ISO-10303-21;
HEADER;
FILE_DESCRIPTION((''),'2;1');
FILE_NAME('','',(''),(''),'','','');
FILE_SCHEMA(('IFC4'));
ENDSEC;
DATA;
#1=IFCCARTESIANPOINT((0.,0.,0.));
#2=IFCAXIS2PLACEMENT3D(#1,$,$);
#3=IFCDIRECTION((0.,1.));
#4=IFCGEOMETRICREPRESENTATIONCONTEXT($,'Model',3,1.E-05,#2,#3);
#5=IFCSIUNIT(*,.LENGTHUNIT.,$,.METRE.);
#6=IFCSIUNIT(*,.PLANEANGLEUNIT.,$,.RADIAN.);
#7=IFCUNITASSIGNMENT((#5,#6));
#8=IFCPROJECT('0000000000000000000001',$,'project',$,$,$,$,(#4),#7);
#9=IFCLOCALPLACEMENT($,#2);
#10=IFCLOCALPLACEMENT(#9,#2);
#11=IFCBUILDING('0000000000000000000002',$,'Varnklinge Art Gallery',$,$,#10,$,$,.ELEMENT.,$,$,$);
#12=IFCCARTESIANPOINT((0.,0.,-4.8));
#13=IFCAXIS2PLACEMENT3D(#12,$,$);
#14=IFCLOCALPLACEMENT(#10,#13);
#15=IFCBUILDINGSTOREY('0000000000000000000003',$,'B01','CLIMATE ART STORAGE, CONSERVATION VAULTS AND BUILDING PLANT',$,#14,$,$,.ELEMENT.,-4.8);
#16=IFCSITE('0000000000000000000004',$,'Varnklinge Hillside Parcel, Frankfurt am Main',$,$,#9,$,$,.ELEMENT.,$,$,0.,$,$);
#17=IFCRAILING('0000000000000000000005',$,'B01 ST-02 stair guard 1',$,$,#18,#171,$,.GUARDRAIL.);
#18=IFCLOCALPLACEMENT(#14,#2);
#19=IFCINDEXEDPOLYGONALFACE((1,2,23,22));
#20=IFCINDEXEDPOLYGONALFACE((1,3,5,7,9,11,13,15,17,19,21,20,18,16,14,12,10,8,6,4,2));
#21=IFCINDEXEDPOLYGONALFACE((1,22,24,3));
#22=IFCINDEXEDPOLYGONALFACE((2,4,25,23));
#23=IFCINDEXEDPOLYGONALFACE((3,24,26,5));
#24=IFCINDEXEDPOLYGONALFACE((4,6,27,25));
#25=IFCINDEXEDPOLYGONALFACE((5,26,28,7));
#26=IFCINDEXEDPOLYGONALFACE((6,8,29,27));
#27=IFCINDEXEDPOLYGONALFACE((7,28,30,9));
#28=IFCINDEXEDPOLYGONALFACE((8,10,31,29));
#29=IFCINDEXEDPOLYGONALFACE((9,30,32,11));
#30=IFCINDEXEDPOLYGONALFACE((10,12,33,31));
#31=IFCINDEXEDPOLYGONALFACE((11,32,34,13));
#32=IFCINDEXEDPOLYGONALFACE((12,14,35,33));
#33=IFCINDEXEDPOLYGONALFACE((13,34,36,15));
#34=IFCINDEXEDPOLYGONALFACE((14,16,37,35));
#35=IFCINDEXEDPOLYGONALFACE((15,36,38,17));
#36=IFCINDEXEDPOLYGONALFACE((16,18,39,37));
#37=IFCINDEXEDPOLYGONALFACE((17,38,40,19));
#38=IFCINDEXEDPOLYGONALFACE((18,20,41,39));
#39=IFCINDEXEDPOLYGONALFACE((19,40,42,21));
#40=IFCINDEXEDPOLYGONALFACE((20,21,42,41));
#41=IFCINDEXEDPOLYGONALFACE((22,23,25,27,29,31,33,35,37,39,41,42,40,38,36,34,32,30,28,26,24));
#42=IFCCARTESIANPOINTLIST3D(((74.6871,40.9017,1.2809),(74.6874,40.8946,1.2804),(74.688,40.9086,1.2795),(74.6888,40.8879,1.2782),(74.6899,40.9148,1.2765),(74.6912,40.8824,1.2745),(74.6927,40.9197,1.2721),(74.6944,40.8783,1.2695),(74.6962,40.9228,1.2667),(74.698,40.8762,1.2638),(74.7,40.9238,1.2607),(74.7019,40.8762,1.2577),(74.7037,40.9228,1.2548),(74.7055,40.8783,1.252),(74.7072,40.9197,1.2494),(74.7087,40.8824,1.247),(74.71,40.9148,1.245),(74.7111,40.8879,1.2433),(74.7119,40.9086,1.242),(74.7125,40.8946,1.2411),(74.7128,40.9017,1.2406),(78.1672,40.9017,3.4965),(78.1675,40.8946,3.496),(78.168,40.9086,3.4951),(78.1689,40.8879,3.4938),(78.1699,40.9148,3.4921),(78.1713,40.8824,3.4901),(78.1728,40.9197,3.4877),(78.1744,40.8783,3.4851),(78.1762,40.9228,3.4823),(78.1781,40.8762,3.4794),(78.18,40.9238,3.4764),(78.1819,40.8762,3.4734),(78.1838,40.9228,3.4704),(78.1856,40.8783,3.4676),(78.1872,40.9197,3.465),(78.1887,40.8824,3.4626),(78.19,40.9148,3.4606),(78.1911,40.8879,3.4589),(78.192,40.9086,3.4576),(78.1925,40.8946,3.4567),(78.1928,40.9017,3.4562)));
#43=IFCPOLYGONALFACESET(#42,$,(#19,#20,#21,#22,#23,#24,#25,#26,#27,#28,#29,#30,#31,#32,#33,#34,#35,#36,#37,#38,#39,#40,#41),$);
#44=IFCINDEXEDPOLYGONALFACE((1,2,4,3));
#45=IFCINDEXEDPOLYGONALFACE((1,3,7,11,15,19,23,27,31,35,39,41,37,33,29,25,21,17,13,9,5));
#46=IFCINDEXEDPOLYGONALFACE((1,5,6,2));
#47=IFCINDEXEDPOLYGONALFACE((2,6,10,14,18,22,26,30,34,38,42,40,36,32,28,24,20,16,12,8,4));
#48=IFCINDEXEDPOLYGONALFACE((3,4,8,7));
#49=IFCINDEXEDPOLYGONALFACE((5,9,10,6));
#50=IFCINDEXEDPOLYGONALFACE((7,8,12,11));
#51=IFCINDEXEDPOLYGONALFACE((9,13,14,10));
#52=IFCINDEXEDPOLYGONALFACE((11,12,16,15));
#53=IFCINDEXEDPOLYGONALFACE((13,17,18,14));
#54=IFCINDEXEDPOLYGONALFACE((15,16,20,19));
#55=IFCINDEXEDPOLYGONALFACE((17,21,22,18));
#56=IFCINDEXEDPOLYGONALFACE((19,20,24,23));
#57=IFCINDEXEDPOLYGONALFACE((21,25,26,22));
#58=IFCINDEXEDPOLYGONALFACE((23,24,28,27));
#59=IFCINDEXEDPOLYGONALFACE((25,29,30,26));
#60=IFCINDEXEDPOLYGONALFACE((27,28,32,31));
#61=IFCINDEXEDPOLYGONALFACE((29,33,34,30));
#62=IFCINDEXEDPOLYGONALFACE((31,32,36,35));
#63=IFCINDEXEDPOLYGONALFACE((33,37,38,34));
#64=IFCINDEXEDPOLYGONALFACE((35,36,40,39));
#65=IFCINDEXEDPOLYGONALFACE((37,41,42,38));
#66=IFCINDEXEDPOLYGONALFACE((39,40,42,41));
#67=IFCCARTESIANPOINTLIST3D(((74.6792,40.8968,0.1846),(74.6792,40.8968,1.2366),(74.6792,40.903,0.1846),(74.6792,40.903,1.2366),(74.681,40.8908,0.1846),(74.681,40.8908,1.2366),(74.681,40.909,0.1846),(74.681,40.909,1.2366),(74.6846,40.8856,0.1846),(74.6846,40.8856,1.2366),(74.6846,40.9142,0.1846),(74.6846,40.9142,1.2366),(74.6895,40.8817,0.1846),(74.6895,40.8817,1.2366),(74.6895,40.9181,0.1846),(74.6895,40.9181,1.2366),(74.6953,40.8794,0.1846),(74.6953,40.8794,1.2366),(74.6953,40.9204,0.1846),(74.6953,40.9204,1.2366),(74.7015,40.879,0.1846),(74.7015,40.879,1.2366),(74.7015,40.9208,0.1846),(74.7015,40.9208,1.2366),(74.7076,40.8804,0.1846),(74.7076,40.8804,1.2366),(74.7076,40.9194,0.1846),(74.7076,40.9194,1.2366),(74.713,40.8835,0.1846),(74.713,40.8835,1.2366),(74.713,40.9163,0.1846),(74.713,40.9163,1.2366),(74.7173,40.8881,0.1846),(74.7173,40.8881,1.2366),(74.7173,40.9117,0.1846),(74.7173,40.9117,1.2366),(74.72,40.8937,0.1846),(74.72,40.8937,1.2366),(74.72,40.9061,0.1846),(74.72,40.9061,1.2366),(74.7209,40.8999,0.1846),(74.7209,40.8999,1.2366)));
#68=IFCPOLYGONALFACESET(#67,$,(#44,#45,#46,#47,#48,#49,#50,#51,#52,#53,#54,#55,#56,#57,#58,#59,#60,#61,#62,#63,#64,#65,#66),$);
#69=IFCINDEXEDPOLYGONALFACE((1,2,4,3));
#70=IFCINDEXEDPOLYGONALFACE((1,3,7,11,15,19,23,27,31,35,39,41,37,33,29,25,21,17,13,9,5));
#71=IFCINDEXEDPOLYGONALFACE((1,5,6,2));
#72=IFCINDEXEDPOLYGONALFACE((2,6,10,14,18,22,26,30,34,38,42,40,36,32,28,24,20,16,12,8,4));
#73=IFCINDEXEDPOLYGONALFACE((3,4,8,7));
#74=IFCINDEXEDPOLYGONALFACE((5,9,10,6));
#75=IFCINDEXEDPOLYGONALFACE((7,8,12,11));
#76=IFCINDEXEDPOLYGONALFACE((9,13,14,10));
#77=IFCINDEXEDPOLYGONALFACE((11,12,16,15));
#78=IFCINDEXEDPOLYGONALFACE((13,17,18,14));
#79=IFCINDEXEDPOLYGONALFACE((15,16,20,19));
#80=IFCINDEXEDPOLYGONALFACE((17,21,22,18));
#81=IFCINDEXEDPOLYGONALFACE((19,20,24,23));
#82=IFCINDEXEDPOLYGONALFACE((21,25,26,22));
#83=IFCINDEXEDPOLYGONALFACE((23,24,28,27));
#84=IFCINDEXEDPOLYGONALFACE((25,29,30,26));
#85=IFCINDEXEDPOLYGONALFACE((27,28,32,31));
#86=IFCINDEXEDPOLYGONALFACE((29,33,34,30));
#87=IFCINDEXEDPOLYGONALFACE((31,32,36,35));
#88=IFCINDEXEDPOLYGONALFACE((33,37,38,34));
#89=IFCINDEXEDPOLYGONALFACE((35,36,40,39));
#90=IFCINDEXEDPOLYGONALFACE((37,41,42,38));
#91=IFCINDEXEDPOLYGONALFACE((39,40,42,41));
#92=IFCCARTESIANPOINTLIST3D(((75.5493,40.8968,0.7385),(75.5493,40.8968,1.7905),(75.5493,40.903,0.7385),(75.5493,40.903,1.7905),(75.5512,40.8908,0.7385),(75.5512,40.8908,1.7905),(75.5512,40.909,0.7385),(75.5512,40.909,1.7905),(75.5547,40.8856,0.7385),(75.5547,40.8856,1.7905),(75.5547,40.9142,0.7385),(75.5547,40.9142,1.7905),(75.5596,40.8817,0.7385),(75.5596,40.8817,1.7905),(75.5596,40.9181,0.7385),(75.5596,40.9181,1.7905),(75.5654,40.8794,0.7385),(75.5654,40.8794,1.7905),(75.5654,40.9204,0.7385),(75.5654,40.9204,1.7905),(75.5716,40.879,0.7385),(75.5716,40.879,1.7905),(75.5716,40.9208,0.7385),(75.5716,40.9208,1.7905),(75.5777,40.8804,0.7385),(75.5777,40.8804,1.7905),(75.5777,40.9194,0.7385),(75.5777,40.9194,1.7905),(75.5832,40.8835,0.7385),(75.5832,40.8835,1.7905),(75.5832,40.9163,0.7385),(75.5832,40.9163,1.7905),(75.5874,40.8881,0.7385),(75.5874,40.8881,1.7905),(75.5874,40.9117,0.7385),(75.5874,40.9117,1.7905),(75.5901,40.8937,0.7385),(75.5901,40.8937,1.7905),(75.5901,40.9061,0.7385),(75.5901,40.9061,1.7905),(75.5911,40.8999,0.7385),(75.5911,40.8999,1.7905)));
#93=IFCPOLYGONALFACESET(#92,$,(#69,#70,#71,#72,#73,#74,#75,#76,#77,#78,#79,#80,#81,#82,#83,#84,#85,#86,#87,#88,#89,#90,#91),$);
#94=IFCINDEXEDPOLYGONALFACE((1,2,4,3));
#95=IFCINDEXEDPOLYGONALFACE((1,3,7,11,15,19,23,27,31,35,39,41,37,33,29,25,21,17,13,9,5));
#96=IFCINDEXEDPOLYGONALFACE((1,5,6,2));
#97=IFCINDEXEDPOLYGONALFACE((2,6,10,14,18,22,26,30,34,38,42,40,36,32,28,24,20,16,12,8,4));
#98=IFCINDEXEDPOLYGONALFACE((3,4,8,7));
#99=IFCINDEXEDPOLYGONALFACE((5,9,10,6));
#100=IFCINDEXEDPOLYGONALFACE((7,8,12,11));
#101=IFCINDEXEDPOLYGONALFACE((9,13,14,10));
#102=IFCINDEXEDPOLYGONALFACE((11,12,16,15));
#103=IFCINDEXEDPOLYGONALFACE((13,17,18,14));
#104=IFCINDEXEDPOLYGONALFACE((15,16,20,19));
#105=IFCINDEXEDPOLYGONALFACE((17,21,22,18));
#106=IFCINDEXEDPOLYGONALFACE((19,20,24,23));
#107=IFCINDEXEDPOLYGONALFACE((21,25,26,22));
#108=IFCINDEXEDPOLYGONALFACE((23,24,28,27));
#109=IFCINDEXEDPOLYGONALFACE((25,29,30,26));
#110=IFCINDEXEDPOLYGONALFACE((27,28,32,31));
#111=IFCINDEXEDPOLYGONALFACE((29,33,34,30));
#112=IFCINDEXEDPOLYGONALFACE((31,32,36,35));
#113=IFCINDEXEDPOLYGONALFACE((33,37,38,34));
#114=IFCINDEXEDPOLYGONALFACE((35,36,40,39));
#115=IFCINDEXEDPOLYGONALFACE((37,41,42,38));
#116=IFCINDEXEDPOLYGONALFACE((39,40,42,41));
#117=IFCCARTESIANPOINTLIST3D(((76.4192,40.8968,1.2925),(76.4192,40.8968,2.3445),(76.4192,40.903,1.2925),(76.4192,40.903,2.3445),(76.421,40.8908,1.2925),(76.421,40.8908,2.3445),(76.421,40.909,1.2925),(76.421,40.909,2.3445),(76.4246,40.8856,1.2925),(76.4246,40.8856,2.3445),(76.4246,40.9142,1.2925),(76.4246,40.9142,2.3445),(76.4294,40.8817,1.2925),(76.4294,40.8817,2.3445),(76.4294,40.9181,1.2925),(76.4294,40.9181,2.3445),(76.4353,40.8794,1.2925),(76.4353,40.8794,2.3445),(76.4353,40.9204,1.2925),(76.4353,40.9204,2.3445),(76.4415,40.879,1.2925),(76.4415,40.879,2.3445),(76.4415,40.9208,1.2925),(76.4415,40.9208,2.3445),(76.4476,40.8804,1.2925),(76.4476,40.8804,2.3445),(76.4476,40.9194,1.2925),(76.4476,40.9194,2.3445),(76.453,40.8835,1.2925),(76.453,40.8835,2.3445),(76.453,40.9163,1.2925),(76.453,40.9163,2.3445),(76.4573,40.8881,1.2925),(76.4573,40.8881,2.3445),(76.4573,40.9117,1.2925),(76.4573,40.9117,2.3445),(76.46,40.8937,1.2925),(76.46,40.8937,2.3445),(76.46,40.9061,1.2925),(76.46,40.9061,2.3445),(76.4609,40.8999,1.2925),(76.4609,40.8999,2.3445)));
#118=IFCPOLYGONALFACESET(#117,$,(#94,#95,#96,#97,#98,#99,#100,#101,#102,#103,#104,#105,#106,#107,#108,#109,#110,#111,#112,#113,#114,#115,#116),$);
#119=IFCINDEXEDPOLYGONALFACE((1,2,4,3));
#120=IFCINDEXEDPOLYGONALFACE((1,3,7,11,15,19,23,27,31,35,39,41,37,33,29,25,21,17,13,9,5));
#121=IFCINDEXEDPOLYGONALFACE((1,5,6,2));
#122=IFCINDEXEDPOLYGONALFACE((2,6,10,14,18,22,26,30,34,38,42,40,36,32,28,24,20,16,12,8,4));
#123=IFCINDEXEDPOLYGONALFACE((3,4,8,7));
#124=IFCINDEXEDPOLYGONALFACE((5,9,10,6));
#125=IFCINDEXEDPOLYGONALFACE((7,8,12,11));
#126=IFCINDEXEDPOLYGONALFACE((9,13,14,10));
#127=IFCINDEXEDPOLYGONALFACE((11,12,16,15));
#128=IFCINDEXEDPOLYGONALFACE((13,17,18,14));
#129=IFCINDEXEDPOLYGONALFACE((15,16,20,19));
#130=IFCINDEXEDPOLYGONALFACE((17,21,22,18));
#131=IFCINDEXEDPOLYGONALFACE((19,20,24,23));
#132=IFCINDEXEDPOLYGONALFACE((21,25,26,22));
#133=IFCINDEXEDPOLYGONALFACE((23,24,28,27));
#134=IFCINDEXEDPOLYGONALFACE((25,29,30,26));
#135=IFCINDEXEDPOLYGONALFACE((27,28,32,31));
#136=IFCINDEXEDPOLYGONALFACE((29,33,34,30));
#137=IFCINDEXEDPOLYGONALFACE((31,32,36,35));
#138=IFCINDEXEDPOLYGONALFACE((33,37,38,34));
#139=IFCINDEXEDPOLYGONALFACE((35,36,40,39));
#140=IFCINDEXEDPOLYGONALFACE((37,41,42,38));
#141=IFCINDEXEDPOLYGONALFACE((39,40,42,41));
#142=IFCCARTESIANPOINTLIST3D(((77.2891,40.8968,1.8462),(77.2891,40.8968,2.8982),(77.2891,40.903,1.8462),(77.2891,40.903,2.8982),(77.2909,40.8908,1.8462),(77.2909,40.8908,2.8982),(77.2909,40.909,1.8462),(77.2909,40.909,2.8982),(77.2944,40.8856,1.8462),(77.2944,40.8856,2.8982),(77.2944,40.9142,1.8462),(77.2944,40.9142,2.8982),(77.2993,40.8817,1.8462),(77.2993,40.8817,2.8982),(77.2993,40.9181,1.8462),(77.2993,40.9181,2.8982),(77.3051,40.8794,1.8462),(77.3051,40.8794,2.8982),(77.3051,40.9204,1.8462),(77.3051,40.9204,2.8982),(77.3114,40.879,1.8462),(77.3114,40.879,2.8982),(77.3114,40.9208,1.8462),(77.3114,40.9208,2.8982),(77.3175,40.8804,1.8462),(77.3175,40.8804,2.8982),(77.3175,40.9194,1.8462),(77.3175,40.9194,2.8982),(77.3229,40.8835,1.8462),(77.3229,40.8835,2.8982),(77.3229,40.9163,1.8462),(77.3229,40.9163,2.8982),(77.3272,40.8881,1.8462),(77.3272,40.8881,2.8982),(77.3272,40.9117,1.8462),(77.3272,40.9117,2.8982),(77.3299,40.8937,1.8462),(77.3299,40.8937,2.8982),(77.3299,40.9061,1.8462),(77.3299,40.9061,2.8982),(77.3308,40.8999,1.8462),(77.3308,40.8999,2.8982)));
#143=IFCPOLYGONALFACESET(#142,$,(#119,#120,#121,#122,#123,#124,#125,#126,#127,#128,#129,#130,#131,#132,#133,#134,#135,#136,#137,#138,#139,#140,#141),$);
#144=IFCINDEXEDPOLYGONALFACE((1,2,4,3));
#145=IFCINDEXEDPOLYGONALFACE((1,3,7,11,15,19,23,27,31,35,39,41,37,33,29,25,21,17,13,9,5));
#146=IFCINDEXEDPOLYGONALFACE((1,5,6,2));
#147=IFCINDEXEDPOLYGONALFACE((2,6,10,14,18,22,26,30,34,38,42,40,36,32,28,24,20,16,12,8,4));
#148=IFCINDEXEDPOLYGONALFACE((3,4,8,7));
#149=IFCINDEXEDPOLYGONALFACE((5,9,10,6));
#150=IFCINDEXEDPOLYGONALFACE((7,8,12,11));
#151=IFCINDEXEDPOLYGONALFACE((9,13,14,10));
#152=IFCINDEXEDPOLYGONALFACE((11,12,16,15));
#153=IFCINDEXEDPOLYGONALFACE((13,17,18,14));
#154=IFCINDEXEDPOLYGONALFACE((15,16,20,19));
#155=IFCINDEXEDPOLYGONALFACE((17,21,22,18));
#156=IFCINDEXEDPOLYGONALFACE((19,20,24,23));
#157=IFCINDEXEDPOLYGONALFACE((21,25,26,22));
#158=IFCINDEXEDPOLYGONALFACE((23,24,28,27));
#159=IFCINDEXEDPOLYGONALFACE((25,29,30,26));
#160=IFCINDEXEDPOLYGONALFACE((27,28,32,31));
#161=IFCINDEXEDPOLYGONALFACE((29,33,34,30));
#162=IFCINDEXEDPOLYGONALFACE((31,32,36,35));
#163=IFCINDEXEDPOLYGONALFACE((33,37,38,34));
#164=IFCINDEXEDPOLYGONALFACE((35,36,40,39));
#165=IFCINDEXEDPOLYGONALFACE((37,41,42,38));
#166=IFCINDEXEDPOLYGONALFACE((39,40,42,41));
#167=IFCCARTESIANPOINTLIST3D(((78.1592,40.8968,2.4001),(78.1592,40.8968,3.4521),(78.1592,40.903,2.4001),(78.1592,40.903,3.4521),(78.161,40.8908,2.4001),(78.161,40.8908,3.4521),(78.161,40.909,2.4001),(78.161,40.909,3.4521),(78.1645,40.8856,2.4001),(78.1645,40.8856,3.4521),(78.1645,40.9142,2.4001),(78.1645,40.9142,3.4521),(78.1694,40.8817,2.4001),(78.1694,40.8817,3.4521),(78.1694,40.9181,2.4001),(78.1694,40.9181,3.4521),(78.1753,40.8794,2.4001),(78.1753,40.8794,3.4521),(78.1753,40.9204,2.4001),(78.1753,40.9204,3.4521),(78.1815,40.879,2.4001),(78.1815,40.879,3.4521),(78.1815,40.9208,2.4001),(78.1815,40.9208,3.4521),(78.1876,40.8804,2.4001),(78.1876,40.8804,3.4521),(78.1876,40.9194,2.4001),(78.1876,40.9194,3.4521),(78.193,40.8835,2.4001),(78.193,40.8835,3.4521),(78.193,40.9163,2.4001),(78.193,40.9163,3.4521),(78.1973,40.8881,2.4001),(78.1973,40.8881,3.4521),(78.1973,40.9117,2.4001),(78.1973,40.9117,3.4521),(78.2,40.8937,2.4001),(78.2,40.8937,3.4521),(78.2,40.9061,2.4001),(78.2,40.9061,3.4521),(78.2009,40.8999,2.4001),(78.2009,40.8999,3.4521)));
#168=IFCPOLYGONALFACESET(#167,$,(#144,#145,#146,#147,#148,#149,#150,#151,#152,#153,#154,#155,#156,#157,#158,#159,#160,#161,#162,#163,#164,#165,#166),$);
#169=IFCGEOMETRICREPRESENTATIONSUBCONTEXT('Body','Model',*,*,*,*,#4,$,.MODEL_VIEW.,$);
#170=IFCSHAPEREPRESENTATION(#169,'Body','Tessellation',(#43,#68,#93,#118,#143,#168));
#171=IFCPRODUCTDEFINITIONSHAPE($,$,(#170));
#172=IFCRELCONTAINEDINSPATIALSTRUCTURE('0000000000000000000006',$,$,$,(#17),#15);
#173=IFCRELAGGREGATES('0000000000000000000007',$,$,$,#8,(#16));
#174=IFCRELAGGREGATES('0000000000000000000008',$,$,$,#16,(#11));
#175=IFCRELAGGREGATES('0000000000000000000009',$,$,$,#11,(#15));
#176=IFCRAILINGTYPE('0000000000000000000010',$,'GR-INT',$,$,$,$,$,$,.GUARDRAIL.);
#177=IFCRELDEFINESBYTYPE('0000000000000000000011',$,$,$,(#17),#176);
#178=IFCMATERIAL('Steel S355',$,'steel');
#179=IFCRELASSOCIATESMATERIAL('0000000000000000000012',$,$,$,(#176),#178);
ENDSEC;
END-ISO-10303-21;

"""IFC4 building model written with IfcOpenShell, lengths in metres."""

from ifc_helpers import new_model, si_unit, direction, frame, origin, origin_2d, place, context, subcontext, project, spatial, circle, extrude, material, type_object, element, save


model = new_model("IFC4")

# Units and contexts
model_context = context("Model", 3, precision=1e-05, world=origin(), true_north=direction((0.0, 1.0)))
body_context = subcontext(model_context, "Body", "Model", "MODEL_VIEW")
ifc_project = project(units=[si_unit("LENGTHUNIT", "METRE"), si_unit("PLANEANGLEUNIT", "RADIAN")], contexts=[model_context])

# Site, building, storey
site_placement = place(None, origin())
site = spatial("IfcSite", under=ifc_project, at=site_placement, Name="Varnklinge Hillside Parcel, Frankfurt am Main", CompositionType="ELEMENT", RefElevation=0.0)
building_placement = place(site_placement, origin())
building = spatial("IfcBuilding", under=site, at=building_placement, Name="Varnklinge Art Gallery", CompositionType="ELEMENT")
storey_placement = place(building_placement, frame((0.0, 0.0, -4.8)))
storey = spatial("IfcBuildingStorey", under=building, at=storey_placement, Name="B01", Description="CLIMATE ART STORAGE, CONSERVATION VAULTS AND BUILDING PLANT", CompositionType="ELEMENT", Elevation=-4.8)

# Railing
ifc_material_1 = material(Name="Steel S355", Category="steel")
railing_type = type_object("IfcRailingType", Name="GR-INT", PredefinedType="GUARDRAIL", material=ifc_material_1)
railing_1_placement = place(storey_placement, frame((74.7, 40.8999, 0.1846)))
element("IfcRailing", 1, at=railing_1_placement, inside=storey, type_object=railing_type, Name="B01 ST-02 stair guard 1", PredefinedType="GUARDRAIL", context=body_context, shape_type="SweptSolid", body=[
    extrude(circle(Radius=0.0239, at=origin_2d()), frame((0.0, 0.0, 1.0762), z_axis=(0.843547, 0.0, 0.537055), x_axis=(0.0, 1.0, 0.0)), (0.0, 0.0, 1.0), 4.1255),
    extrude(circle(Radius=0.021, at=origin_2d()), origin(), (0.0, 0.0, 1.0), 1.052),
    extrude(circle(Radius=0.021, at=origin_2d()), frame((0.8701, 0.0, 0.554)), (0.0, 0.0, 1.0), 1.052),
    extrude(circle(Radius=0.021, at=origin_2d()), frame((1.74, 0.0, 1.1079)), (0.0, 0.0, 1.0), 1.052),
    extrude(circle(Radius=0.021, at=origin_2d()), frame((2.6099, 0.0, 1.6616)), (0.0, 0.0, 1.0), 1.052),
    extrude(circle(Radius=0.021, at=origin_2d()), frame((3.48, 0.0, 2.2156)), (0.0, 0.0, 1.0), 1.052),
])

save(model, "model.ifc")
